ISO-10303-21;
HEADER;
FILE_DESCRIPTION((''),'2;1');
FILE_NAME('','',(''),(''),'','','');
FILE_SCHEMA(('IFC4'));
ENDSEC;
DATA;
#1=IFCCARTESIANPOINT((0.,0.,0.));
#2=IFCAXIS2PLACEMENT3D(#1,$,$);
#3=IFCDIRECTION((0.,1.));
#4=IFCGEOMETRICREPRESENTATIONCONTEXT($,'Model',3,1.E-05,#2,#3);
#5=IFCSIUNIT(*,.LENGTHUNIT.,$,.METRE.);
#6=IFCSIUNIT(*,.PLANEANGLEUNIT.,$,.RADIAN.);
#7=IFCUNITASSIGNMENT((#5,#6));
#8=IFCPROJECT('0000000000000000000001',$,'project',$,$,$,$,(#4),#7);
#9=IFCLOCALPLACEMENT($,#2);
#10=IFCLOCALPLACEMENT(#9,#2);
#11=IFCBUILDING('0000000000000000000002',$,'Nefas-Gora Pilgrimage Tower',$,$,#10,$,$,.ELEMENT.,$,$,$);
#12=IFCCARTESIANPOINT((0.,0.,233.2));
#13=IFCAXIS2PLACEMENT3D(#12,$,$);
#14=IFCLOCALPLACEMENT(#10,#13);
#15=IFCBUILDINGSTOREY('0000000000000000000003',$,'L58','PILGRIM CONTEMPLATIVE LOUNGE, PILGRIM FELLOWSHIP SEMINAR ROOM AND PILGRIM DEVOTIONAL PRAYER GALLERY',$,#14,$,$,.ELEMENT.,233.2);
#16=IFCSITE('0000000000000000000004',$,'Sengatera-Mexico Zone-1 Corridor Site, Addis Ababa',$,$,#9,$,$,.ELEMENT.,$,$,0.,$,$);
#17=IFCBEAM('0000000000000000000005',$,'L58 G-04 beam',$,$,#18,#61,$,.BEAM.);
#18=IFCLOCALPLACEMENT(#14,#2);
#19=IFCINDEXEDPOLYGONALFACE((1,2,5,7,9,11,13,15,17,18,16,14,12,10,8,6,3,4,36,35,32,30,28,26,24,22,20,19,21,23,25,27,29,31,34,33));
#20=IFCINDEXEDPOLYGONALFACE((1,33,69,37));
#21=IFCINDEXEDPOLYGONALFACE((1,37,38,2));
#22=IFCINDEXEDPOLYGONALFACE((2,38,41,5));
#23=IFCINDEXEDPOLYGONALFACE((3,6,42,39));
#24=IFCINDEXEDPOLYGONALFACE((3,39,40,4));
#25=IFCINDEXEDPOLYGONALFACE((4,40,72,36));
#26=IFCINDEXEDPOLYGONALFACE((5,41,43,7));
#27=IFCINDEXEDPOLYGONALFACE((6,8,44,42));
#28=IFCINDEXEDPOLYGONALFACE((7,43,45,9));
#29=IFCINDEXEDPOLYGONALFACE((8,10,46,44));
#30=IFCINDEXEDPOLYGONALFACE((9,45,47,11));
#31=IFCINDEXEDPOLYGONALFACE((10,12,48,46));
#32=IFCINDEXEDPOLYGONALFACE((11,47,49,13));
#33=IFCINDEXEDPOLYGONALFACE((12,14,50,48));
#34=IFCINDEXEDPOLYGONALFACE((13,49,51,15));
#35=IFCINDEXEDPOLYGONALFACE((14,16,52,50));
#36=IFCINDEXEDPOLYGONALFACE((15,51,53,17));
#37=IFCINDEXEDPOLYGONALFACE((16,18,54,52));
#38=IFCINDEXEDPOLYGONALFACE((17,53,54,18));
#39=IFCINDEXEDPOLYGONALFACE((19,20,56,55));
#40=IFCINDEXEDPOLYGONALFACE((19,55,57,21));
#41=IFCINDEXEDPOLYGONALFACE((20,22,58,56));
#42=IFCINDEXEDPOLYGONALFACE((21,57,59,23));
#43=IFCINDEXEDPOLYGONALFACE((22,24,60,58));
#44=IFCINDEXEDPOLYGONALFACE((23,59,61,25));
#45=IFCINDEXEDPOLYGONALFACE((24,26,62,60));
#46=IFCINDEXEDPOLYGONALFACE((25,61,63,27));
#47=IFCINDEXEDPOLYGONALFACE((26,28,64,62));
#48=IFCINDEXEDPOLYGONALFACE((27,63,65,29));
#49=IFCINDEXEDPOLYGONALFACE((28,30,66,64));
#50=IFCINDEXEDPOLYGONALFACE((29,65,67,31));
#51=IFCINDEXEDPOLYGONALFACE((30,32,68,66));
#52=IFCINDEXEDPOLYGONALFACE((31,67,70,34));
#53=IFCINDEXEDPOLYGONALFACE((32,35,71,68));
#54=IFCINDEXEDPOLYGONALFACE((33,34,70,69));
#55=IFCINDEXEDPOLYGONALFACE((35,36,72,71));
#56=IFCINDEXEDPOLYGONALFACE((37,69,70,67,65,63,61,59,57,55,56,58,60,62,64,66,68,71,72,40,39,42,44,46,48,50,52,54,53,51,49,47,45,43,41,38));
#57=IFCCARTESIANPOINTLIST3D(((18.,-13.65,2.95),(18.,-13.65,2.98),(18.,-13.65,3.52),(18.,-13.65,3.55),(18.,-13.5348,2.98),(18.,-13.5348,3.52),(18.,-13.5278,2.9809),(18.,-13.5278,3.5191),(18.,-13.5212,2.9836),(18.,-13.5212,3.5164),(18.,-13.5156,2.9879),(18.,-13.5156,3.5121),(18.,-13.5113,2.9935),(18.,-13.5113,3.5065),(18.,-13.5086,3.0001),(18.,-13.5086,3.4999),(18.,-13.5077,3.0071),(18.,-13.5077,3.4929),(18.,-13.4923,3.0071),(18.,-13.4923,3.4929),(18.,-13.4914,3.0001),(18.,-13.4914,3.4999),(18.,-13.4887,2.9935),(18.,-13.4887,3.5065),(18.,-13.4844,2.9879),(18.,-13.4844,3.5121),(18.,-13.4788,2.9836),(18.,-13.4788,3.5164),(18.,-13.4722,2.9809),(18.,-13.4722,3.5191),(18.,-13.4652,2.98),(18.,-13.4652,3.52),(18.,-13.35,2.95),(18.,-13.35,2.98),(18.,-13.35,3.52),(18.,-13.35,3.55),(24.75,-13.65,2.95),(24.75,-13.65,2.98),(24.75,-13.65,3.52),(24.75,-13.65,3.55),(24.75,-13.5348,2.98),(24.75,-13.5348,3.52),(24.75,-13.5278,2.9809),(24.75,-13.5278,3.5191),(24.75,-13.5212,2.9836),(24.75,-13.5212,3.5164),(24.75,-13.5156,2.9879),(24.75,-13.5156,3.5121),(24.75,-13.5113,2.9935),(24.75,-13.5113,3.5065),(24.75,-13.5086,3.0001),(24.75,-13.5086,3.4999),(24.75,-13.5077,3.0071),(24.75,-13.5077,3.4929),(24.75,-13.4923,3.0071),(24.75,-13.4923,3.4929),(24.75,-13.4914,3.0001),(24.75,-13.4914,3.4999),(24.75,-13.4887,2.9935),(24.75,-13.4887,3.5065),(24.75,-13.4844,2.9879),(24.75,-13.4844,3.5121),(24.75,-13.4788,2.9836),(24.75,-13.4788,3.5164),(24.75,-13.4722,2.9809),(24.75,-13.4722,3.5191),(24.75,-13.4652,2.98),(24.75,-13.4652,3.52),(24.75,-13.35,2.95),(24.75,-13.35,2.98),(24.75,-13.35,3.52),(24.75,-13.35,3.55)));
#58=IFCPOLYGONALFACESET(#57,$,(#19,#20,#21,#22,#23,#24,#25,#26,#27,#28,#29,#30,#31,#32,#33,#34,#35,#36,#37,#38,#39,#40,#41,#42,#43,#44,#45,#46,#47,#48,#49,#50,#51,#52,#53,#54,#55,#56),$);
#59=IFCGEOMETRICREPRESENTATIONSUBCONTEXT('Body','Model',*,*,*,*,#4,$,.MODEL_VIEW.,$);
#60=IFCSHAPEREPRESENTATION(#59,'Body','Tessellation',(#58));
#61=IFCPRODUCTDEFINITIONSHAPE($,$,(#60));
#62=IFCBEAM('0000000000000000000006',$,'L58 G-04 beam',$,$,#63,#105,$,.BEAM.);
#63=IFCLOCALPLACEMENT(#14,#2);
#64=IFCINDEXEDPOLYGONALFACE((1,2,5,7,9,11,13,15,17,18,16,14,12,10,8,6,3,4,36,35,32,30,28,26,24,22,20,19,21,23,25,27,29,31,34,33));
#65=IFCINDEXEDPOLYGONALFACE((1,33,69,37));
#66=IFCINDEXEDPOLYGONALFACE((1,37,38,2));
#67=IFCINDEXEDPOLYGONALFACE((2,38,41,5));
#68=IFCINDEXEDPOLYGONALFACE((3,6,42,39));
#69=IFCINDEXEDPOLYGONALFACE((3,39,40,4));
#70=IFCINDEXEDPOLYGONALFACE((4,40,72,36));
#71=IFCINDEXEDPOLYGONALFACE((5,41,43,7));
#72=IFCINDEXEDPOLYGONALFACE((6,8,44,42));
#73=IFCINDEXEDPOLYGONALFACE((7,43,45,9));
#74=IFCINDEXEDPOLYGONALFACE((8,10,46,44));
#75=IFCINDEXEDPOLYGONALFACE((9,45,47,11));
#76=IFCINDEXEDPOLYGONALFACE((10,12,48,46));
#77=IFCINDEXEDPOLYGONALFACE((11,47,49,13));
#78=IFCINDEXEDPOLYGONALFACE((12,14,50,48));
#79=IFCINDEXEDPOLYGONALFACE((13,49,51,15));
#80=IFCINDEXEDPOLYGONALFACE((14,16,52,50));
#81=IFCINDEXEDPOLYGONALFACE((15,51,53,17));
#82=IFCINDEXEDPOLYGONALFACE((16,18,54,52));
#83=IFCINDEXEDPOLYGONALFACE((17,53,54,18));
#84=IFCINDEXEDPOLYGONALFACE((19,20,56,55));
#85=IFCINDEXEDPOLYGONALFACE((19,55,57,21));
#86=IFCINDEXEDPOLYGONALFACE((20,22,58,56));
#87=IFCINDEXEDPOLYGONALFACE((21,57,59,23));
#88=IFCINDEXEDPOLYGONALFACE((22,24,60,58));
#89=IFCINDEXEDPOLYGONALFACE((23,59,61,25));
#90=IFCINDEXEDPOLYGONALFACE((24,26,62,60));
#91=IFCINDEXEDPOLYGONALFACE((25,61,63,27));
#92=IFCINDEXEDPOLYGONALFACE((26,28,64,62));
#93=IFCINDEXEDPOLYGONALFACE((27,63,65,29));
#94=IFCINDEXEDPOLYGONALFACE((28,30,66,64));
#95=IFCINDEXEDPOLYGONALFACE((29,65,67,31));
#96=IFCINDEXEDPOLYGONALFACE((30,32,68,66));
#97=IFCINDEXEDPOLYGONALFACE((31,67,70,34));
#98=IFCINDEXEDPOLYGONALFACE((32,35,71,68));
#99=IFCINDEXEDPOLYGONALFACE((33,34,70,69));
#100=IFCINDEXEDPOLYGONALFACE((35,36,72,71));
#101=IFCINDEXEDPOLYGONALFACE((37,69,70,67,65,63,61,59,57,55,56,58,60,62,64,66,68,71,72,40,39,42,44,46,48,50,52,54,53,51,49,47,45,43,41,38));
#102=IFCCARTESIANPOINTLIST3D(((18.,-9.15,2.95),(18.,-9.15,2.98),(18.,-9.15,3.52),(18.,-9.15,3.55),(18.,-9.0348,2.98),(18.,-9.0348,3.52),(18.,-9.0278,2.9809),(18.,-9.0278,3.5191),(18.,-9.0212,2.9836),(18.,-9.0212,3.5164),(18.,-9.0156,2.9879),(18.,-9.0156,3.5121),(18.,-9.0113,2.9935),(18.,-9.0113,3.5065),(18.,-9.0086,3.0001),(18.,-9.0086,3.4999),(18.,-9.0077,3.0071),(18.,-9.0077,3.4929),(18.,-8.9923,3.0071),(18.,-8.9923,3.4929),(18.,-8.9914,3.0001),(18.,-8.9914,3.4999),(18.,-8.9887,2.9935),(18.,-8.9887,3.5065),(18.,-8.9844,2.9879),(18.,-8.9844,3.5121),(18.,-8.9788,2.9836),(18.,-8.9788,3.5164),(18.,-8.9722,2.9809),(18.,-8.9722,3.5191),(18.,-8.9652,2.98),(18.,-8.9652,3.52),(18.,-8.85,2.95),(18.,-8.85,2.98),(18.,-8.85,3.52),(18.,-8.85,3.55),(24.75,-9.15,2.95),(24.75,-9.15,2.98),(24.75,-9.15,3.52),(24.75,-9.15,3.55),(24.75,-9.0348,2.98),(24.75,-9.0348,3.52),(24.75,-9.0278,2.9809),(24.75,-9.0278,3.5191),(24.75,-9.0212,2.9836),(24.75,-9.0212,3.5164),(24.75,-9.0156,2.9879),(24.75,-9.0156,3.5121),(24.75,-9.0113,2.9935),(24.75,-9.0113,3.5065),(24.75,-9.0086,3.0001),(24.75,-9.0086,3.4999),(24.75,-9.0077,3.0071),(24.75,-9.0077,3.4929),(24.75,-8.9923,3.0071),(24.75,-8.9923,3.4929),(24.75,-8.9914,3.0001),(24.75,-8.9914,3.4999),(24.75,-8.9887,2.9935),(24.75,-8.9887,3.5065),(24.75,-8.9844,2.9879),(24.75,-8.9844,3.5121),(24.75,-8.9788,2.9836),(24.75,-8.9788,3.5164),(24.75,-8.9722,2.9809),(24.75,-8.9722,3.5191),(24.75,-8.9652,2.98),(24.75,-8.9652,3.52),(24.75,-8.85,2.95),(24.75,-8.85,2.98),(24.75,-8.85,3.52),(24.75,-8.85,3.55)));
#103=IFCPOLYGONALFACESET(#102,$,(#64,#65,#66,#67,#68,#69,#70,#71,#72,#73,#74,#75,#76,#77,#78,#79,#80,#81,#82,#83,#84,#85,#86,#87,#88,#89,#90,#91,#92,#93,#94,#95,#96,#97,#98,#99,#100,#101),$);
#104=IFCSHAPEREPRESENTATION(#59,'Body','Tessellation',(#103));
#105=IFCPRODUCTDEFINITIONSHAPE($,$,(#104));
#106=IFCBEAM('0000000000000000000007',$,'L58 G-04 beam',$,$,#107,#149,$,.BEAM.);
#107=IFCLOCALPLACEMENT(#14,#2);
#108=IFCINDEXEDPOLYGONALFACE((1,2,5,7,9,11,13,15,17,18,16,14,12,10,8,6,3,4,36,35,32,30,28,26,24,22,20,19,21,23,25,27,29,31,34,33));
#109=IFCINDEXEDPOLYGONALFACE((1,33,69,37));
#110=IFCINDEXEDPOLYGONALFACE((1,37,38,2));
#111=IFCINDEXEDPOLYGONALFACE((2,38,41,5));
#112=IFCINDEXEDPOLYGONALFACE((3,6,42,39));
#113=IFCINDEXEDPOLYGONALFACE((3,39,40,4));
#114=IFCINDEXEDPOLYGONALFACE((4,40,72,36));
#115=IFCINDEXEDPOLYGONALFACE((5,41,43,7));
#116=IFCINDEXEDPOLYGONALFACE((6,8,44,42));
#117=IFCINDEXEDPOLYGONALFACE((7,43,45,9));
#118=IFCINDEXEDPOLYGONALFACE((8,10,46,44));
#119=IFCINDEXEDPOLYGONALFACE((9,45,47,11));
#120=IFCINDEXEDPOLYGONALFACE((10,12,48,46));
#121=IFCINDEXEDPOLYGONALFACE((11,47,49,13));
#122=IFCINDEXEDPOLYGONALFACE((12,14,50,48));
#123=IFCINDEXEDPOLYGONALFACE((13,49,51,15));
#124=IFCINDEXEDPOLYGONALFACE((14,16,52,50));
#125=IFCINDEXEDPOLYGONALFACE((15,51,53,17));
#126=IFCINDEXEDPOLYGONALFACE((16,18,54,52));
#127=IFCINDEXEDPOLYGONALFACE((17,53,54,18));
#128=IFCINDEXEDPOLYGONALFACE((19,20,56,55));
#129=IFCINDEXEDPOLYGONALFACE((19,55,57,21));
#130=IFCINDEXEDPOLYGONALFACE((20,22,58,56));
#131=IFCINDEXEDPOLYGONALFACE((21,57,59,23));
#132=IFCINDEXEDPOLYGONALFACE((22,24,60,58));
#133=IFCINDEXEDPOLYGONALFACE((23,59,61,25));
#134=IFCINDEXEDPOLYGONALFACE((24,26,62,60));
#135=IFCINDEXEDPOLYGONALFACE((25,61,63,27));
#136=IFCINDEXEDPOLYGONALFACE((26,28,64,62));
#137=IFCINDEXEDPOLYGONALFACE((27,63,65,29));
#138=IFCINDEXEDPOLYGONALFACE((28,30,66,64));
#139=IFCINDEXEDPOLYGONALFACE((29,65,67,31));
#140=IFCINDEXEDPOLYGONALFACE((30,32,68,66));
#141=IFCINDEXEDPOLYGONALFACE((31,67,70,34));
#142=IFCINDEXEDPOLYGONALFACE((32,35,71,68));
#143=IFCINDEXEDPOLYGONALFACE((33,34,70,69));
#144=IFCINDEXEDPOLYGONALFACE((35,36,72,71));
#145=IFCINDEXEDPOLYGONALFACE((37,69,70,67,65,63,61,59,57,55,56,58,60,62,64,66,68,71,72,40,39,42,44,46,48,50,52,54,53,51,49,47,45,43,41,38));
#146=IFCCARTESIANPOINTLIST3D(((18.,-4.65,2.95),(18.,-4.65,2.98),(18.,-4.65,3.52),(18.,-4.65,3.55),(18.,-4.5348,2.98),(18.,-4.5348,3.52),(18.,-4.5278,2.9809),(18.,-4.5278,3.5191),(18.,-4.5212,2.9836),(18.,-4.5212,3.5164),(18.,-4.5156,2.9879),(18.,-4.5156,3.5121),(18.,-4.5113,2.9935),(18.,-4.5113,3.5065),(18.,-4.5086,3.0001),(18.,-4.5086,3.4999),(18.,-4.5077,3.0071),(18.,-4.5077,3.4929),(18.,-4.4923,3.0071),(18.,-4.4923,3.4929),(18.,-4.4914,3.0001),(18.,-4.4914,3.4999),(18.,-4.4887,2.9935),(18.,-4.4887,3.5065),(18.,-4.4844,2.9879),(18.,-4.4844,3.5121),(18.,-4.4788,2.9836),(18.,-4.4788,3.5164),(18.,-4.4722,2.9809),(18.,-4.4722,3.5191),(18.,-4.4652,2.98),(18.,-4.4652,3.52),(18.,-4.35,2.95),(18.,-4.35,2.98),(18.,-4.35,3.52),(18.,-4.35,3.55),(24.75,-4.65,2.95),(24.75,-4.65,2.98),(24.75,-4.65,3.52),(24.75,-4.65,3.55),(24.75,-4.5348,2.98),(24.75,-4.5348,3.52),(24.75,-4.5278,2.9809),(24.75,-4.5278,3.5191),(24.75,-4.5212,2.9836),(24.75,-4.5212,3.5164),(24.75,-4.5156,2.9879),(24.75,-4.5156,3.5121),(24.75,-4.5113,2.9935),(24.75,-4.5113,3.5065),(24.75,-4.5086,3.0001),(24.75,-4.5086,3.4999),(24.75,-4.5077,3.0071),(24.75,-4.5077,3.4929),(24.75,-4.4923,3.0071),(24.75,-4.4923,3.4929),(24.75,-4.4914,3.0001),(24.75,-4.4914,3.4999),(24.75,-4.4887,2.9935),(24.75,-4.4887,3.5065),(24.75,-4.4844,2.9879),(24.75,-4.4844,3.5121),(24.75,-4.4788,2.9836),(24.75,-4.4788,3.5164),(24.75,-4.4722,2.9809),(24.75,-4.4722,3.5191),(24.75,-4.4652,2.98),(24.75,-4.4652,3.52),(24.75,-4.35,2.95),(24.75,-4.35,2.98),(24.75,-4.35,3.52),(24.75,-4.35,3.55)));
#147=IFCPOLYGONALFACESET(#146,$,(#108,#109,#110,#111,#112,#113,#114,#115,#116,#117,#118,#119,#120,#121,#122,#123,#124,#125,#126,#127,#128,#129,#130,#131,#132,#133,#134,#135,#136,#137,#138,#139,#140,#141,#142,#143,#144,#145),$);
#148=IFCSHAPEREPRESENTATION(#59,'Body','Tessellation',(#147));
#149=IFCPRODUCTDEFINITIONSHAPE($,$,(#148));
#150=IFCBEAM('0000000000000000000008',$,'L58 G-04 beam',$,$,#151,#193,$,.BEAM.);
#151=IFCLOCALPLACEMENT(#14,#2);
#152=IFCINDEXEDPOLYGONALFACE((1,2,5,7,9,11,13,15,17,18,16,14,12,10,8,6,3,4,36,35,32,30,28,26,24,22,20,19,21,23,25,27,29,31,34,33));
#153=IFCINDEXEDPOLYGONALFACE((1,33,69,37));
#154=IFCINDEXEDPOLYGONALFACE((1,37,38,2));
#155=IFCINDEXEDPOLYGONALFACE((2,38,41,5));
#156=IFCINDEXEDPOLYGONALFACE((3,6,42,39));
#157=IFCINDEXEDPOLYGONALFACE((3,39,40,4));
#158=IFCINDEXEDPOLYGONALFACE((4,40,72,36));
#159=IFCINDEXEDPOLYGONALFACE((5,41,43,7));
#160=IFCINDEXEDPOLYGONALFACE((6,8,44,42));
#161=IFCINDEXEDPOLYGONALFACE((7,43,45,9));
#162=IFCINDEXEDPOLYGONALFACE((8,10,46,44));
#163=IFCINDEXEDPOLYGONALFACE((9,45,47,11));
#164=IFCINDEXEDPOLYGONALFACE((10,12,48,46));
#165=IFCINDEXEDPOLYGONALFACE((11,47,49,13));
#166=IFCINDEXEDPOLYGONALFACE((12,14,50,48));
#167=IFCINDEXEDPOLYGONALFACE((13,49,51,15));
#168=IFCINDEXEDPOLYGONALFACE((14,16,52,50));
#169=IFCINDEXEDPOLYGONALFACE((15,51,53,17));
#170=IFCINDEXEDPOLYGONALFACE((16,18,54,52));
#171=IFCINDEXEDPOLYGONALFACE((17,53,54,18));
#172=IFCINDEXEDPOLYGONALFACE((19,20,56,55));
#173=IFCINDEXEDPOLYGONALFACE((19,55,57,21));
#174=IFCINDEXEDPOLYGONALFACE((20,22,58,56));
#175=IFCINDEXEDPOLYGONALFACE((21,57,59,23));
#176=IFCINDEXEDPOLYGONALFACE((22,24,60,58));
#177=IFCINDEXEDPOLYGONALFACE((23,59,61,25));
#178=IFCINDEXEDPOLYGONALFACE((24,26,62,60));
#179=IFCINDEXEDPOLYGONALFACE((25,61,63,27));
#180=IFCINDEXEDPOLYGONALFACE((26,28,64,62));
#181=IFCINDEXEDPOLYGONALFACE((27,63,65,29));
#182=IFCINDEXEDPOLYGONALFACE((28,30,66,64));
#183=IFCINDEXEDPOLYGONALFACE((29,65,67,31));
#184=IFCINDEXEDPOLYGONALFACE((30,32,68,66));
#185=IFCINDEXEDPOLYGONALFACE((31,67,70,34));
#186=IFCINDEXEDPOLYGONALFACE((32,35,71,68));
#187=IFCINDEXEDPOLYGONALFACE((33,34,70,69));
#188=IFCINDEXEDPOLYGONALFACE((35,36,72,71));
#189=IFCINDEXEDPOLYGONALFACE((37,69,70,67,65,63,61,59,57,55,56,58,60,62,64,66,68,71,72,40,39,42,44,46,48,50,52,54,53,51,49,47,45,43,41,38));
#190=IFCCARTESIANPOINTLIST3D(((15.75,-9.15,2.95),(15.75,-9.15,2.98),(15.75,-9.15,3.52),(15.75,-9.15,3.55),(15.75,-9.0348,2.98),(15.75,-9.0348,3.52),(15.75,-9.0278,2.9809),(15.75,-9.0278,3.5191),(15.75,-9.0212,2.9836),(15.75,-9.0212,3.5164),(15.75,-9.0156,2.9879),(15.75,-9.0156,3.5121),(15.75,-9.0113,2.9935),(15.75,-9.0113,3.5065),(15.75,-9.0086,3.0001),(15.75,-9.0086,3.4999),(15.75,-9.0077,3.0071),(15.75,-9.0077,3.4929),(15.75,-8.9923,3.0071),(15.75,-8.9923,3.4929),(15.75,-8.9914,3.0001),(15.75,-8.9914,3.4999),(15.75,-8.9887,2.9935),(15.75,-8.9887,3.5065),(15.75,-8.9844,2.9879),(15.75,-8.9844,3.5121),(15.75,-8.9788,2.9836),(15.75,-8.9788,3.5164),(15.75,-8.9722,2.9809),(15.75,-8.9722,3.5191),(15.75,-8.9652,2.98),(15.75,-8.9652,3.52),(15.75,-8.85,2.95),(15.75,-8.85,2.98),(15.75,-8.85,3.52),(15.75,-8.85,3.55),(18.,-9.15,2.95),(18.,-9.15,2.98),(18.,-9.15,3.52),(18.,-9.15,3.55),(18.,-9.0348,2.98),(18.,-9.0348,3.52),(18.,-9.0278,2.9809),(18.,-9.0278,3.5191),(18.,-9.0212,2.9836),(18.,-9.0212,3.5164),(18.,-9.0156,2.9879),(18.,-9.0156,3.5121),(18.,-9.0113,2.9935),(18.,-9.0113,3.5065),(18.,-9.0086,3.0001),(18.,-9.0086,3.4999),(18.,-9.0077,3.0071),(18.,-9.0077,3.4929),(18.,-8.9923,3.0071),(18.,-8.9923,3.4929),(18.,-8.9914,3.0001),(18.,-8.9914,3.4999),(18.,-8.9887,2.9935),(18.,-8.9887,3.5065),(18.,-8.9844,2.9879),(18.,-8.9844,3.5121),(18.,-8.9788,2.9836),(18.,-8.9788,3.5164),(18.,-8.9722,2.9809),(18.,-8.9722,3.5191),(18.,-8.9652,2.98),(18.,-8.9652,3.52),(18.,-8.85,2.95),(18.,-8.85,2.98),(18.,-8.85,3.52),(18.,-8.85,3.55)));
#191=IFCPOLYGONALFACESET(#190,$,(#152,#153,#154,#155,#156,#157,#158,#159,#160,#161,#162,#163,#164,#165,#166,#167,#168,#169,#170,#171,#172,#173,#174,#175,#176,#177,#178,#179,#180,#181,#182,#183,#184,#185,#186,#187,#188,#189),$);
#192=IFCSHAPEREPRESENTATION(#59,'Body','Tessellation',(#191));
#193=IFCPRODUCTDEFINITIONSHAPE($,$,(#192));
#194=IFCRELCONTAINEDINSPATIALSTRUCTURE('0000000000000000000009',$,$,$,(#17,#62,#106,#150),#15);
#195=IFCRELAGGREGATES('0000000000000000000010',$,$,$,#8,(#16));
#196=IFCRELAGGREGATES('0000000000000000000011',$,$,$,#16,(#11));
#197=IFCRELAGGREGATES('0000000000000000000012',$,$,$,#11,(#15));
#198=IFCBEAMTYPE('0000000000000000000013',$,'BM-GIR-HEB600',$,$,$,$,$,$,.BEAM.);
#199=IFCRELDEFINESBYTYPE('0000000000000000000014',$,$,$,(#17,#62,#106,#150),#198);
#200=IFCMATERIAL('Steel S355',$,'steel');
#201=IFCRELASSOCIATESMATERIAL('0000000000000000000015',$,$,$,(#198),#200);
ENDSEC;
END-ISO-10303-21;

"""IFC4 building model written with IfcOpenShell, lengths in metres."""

from ifc_helpers import new_model, si_unit, direction, frame, origin, origin_2d, place, context, subcontext, project, spatial, i_section, extrude, source, transform, mapped, material, material_profile, profile_set, type_object, element, save


model = new_model("IFC4")

# Units and contexts
model_context = context("Model", 3, precision=1e-05, world=origin(), true_north=direction((0.0, 1.0)))
body_context = subcontext(model_context, "Body", "Model", "MODEL_VIEW")
ifc_project = project(units=[si_unit("LENGTHUNIT", "METRE"), si_unit("PLANEANGLEUNIT", "RADIAN")], contexts=[model_context])

# Site, building, storey
site_placement = place(None, origin())
site = spatial("IfcSite", under=ifc_project, at=site_placement, Name="Sengatera-Mexico Zone-1 Corridor Site, Addis Ababa", CompositionType="ELEMENT", RefElevation=0.0)
building_placement = place(site_placement, origin())
building = spatial("IfcBuilding", under=site, at=building_placement, Name="Nefas-Gora Pilgrimage Tower", CompositionType="ELEMENT")
storey_placement = place(building_placement, frame((0.0, 0.0, 233.2)))
storey = spatial("IfcBuildingStorey", under=building, at=storey_placement, Name="L58", Description="PILGRIM CONTEMPLATIVE LOUNGE, PILGRIM FELLOWSHIP SEMINAR ROOM AND PILGRIM DEVOTIONAL PRAYER GALLERY", CompositionType="ELEMENT", Elevation=233.2)

# Beams
ifc_material_1 = material(Name="Steel S355", Category="steel")
ifc_material_profile_1 = material_profile(ifc_material_1, i_section(OverallWidth=0.3, OverallDepth=0.6001, WebThickness=0.0154, FlangeThickness=0.03, FilletRadius=0.0271, at=origin_2d()), Name="HEB 600")
ifc_profile_set_1 = profile_set([ifc_material_profile_1], Name="Steel S355")
beam_type_1 = type_object("IfcBeamType", Name="BM-GIR-HEB600", PredefinedType="BEAM", material=ifc_profile_set_1)
shared_shape_1 = source(origin(), body_context, "Body", "SweptSolid", [
    extrude(i_section(OverallWidth=0.3, OverallDepth=0.6001, WebThickness=0.0154, FlangeThickness=0.03, FilletRadius=0.0271, at=origin_2d()), origin(), (0.0, 0.0, 1.0), 6.75),
])
for number, where, z_axis, x_axis, name in (
    (1, (18.0, -13.5, 3.25), (1.0, 0.0, 0.0), (0.0, 1.0, 0.0), "L58 G-04 beam"),
    (2, (18.0, -9.0, 3.25), (1.0, 0.0, 0.0), (0.0, 1.0, 0.0), "L58 G-04 beam"),
    (3, (18.0, -4.5, 3.25), (1.0, 0.0, 0.0), (0.0, 1.0, 0.0), "L58 G-04 beam"),
):
    element("IfcBeam", number, at=place(storey_placement, frame(where, z_axis=z_axis, x_axis=x_axis)), inside=storey, type_object=beam_type_1, Name=name, PredefinedType="BEAM", context=body_context, shape_type="MappedRepresentation", body=[
        mapped(shared_shape_1, transform((0.0, 0.0, 0.0), x_axis=(1.0, 0.0, 0.0), y_axis=(0.0, 1.0, 0.0), z_axis=(0.0, 0.0, 1.0), scale=1.0)),
    ])
shared_shape_2 = source(origin(), body_context, "Body", "SweptSolid", [
    extrude(i_section(OverallWidth=0.3, OverallDepth=0.6001, WebThickness=0.0154, FlangeThickness=0.03, FilletRadius=0.0271, at=origin_2d()), origin(), (0.0, 0.0, 1.0), 2.25),
])
for number, where, z_axis, x_axis, name in (
    (4, (15.75, -9.0, 3.25), (1.0, 0.0, 0.0), (0.0, 1.0, 0.0), "L58 G-04 beam"),
):
    element("IfcBeam", number, at=place(storey_placement, frame(where, z_axis=z_axis, x_axis=x_axis)), inside=storey, type_object=beam_type_1, Name=name, PredefinedType="BEAM", context=body_context, shape_type="MappedRepresentation", body=[
        mapped(shared_shape_2, transform((0.0, 0.0, 0.0), x_axis=(1.0, 0.0, 0.0), y_axis=(0.0, 1.0, 0.0), z_axis=(0.0, 0.0, 1.0), scale=1.0)),
    ])

save(model, "model.ifc")
